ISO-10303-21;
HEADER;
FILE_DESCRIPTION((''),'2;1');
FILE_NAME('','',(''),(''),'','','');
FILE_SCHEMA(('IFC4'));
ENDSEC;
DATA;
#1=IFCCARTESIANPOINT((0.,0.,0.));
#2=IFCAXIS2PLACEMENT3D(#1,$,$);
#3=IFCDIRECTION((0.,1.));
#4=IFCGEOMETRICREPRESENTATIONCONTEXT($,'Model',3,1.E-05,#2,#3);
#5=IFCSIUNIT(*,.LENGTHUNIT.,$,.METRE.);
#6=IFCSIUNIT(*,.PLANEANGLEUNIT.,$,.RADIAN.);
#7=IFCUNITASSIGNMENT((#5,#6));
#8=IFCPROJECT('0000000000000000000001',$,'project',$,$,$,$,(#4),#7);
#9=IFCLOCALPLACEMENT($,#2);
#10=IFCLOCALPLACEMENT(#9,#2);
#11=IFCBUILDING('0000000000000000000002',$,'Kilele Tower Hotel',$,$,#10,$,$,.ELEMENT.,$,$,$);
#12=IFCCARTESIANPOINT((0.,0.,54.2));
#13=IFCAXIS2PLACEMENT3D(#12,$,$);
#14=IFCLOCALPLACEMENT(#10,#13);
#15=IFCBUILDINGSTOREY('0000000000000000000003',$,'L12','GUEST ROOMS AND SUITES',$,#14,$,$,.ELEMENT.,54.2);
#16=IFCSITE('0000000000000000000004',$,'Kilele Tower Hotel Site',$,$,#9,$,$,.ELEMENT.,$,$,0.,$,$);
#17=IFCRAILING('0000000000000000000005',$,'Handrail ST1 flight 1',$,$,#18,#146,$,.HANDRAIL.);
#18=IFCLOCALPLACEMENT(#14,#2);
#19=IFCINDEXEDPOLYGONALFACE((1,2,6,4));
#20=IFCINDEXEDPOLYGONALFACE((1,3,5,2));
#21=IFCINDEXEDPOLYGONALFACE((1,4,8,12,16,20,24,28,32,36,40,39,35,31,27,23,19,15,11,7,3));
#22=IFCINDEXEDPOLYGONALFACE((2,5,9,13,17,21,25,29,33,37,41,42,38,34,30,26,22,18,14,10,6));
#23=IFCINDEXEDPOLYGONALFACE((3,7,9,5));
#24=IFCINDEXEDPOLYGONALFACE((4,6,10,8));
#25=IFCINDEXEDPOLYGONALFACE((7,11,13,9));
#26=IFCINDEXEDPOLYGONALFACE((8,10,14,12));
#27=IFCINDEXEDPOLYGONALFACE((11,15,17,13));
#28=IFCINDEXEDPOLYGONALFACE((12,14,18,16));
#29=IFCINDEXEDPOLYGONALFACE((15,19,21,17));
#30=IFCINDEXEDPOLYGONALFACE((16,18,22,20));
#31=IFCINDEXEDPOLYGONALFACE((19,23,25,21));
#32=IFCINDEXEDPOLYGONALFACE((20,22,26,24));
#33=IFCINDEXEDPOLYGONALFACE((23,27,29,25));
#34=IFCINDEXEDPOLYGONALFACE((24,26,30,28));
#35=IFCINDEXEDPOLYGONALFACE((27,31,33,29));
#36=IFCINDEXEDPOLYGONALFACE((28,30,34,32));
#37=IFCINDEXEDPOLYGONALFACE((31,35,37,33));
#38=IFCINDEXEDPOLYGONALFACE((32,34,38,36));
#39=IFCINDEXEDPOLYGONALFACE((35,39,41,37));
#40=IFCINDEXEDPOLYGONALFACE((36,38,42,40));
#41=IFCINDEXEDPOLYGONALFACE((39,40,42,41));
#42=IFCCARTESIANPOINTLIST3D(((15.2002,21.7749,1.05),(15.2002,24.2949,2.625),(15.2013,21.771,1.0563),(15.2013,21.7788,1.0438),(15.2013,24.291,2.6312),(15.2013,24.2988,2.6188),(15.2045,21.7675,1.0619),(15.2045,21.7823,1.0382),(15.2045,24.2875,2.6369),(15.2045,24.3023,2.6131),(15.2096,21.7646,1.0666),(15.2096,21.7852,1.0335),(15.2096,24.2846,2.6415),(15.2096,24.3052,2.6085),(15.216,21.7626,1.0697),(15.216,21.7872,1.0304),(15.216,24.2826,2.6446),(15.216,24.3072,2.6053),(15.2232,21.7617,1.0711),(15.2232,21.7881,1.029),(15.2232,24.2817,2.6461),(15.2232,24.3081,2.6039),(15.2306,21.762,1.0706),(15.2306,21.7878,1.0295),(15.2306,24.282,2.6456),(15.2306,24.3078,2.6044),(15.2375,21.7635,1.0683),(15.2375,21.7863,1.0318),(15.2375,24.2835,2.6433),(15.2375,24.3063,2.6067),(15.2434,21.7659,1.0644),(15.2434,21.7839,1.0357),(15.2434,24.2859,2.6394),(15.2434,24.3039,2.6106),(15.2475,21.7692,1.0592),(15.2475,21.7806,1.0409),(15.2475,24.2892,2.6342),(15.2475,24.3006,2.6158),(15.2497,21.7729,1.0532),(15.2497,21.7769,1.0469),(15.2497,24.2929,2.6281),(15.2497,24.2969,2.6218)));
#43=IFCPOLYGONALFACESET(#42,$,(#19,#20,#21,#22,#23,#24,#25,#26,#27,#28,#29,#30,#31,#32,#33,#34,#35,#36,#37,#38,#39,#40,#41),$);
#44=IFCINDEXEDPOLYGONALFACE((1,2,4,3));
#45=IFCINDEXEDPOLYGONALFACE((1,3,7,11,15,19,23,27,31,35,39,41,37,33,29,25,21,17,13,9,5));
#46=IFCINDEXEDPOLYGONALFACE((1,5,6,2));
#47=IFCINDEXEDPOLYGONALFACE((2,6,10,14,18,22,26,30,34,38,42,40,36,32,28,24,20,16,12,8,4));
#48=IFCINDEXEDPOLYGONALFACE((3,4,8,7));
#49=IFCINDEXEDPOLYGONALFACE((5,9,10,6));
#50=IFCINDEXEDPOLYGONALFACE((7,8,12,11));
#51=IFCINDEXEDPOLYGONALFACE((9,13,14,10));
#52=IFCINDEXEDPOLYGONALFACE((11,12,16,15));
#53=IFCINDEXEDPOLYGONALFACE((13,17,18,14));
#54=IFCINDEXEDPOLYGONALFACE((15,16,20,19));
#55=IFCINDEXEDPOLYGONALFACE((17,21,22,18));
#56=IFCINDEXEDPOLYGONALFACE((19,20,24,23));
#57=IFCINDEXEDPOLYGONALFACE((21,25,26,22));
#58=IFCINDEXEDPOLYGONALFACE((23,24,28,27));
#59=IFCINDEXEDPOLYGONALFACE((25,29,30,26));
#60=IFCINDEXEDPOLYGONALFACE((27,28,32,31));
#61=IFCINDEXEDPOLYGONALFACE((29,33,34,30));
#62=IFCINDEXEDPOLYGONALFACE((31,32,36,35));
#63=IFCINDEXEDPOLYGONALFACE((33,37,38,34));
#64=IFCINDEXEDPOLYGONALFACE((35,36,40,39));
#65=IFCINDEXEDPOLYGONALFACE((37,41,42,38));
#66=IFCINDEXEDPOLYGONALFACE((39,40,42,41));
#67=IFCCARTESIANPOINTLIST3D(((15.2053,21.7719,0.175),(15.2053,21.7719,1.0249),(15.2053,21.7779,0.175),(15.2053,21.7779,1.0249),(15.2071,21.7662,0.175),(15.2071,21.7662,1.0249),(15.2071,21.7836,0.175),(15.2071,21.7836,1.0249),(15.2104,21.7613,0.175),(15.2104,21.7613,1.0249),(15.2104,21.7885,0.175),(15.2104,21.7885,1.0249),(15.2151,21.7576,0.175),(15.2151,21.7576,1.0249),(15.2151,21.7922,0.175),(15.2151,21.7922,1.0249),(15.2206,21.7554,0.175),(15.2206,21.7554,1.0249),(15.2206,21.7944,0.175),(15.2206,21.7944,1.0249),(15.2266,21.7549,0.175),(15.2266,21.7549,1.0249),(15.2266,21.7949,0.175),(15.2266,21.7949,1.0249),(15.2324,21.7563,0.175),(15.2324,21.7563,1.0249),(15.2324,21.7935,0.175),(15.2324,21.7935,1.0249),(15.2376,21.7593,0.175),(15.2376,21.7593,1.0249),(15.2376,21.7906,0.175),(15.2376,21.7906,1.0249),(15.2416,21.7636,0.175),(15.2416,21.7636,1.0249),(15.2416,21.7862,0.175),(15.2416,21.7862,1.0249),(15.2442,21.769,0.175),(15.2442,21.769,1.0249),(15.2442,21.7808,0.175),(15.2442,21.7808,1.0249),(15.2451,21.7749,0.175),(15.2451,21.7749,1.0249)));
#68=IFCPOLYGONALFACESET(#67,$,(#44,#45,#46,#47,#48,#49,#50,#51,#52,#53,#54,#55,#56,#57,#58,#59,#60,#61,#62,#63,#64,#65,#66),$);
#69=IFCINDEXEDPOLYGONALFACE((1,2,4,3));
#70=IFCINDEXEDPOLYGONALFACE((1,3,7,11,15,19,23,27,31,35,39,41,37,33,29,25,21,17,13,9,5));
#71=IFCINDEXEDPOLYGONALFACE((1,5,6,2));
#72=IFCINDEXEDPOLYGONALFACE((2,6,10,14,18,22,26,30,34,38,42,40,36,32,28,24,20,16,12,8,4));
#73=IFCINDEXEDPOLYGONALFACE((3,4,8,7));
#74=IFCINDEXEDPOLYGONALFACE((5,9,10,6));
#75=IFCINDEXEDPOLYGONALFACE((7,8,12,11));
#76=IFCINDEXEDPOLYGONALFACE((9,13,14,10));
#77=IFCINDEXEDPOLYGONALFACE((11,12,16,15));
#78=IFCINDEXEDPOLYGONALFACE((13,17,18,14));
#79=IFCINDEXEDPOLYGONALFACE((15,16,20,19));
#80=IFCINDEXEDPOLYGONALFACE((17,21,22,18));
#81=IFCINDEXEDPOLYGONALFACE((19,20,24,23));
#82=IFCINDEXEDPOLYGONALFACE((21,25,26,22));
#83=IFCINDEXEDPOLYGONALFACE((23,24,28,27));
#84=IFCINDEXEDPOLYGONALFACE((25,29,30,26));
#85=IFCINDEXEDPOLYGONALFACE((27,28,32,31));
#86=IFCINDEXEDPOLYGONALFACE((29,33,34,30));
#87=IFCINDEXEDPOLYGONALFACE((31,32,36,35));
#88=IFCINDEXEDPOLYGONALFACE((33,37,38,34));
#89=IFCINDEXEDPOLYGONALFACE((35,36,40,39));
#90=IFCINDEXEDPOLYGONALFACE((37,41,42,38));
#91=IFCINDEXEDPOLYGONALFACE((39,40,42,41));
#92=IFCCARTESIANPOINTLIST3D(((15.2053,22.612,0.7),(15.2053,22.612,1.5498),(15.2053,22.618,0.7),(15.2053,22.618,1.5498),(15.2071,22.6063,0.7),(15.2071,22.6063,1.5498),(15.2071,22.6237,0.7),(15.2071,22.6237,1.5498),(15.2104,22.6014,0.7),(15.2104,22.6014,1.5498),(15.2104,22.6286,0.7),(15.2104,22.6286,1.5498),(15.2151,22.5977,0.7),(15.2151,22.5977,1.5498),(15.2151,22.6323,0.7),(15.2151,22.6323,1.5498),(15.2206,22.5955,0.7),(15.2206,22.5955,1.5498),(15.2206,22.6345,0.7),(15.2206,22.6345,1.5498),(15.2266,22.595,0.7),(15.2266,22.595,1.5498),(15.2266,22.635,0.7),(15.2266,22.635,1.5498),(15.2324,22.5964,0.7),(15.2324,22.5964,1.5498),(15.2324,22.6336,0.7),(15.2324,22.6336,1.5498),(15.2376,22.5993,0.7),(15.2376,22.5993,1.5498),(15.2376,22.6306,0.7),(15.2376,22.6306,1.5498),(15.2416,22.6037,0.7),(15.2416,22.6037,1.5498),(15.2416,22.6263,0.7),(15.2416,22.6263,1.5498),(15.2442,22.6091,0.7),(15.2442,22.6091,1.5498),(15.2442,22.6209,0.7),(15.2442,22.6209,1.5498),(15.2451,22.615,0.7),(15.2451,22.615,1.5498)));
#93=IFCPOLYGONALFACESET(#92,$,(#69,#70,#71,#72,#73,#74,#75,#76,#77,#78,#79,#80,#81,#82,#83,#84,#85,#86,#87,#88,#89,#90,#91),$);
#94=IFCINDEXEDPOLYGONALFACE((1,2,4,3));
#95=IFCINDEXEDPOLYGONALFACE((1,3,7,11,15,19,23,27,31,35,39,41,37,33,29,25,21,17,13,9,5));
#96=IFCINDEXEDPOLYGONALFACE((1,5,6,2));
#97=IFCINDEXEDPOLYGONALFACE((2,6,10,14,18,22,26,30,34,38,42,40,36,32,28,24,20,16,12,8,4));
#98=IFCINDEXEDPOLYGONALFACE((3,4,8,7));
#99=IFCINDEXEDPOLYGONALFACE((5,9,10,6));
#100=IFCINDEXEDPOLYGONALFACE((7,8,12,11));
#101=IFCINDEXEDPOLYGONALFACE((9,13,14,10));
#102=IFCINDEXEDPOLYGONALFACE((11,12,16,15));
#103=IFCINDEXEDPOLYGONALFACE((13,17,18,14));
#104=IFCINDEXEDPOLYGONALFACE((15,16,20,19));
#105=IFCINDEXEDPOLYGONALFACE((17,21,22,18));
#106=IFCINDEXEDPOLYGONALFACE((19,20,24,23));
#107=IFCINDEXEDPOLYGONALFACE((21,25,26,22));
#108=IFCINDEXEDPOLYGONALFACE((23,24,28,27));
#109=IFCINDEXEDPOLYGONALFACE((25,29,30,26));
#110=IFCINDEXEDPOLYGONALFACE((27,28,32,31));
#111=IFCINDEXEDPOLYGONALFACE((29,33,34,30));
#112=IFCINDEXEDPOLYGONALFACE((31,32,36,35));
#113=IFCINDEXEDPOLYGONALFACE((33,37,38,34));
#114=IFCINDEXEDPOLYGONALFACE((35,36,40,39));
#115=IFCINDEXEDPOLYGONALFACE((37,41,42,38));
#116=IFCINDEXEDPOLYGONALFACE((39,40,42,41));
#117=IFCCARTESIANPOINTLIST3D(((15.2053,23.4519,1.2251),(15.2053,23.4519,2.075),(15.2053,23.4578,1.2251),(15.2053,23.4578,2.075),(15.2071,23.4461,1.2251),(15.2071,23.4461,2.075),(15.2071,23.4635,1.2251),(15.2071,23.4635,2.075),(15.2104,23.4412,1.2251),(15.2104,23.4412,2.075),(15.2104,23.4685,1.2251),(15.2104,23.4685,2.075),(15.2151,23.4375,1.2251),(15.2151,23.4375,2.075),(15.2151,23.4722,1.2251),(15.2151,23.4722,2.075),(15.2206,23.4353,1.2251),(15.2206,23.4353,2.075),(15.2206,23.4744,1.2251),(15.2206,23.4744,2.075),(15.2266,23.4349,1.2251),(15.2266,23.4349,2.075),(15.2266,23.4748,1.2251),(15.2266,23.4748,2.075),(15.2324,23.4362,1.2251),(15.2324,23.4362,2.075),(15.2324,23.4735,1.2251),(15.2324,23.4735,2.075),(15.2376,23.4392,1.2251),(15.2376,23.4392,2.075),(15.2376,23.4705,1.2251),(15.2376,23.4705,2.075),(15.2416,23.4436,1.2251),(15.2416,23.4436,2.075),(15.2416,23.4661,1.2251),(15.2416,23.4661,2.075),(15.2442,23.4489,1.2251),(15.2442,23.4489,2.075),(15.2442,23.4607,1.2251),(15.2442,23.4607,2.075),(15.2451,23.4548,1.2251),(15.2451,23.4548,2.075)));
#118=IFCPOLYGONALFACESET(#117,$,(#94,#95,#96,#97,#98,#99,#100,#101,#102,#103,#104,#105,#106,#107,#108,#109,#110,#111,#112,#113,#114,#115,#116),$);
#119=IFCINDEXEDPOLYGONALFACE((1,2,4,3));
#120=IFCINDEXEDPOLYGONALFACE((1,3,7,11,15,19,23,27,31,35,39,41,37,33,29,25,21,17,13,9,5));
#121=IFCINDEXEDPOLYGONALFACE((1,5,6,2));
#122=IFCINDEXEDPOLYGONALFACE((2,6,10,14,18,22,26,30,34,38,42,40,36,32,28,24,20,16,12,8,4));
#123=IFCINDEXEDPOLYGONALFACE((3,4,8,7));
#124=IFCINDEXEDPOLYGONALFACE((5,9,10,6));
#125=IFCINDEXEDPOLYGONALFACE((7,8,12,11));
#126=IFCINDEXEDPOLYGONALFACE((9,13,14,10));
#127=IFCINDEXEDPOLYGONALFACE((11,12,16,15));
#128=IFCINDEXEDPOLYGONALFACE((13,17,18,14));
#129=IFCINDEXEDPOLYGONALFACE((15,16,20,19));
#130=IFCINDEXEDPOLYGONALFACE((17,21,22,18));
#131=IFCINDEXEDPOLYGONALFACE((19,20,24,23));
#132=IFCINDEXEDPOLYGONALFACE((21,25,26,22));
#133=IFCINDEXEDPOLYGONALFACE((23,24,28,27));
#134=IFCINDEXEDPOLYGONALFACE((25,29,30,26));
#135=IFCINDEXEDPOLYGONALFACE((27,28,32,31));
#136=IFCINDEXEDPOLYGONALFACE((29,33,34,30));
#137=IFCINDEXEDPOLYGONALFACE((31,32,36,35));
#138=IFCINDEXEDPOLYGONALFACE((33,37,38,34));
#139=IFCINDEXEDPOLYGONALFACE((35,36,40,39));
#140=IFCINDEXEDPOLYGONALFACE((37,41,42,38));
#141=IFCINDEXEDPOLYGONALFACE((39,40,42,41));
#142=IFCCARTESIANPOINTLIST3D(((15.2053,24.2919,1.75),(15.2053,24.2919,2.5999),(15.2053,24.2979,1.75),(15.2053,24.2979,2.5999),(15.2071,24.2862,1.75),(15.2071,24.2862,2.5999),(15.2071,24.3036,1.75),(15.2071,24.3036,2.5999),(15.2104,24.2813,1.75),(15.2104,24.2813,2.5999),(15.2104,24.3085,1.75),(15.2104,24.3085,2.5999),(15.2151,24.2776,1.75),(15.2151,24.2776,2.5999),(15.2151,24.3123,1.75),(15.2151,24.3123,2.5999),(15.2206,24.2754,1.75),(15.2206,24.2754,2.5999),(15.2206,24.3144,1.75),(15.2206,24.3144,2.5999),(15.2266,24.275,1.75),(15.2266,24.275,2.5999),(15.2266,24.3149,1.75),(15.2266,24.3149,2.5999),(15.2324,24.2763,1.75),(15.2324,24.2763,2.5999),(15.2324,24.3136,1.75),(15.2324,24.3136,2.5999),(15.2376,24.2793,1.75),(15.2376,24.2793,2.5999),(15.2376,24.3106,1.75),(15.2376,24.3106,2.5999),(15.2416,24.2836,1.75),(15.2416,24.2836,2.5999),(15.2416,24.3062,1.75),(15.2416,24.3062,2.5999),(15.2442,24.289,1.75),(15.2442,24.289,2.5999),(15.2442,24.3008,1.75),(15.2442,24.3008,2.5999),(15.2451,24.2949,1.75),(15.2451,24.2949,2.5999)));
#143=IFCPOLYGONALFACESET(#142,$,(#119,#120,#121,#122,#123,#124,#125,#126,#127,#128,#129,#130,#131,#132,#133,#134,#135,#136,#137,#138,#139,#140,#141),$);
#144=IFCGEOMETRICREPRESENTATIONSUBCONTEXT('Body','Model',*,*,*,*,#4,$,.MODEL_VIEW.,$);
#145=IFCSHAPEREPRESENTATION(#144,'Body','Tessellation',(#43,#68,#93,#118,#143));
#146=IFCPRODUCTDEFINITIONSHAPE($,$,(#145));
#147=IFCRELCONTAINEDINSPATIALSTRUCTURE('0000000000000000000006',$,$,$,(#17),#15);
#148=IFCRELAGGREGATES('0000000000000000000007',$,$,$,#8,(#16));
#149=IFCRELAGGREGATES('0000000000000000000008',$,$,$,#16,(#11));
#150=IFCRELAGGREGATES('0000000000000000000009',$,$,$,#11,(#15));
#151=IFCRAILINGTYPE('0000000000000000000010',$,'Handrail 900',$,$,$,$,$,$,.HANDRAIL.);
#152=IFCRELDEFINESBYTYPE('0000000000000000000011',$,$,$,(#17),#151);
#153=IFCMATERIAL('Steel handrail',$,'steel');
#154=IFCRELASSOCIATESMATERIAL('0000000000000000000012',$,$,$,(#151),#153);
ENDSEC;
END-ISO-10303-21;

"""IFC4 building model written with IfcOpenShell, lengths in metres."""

from ifc_helpers import new_model, si_unit, direction, frame, origin, origin_2d, place, context, subcontext, project, spatial, circle, extrude, material, type_object, element, save


model = new_model("IFC4")

# Units and contexts
model_context = context("Model", 3, precision=1e-05, world=origin(), true_north=direction((0.0, 1.0)))
body_context = subcontext(model_context, "Body", "Model", "MODEL_VIEW")
ifc_project = project(units=[si_unit("LENGTHUNIT", "METRE"), si_unit("PLANEANGLEUNIT", "RADIAN")], contexts=[model_context])

# Site, building, storey
site_placement = place(None, origin())
site = spatial("IfcSite", under=ifc_project, at=site_placement, Name="Kilele Tower Hotel Site", CompositionType="ELEMENT", RefElevation=0.0)
building_placement = place(site_placement, origin())
building = spatial("IfcBuilding", under=site, at=building_placement, Name="Kilele Tower Hotel", CompositionType="ELEMENT")
storey_placement = place(building_placement, frame((0.0, 0.0, 54.2)))
storey = spatial("IfcBuildingStorey", under=building, at=storey_placement, Name="L12", Description="GUEST ROOMS AND SUITES", CompositionType="ELEMENT", Elevation=54.2)

# Railing
ifc_material_1 = material(Name="Steel handrail", Category="steel")
railing_type_1 = type_object("IfcRailingType", Name="Handrail 900", PredefinedType="HANDRAIL", material=ifc_material_1)
for number, where, name in (
    (1, (15.2251, 21.7749, 0.175), "Handrail ST1 flight 1"),
):
    element("IfcRailing", number, at=place(storey_placement, frame(where)), inside=storey, type_object=railing_type_1, Name=name, PredefinedType="HANDRAIL", context=body_context, shape_type="SweptSolid", body=[
        extrude(circle(Radius=0.0249, at=origin_2d()), frame((0.0, 0.0, 0.875), z_axis=(0.0, 0.848008, 0.529984), x_axis=(-1.0, 0.0, 0.0)), (0.0, 0.0, 1.0), 2.9717),
        extrude(circle(Radius=0.02, at=origin_2d()), origin(), (0.0, 0.0, 1.0), 0.8499),
        extrude(circle(Radius=0.02, at=origin_2d()), frame((0.0, 0.8401, 0.5249)), (0.0, 0.0, 1.0), 0.8499),
        extrude(circle(Radius=0.02, at=origin_2d()), frame((0.0, 1.6799, 1.05)), (0.0, 0.0, 1.0), 0.8499),
        extrude(circle(Radius=0.02, at=origin_2d()), frame((0.0, 2.52, 1.575)), (0.0, 0.0, 1.0), 0.8499),
    ])

save(model, "model.ifc")
